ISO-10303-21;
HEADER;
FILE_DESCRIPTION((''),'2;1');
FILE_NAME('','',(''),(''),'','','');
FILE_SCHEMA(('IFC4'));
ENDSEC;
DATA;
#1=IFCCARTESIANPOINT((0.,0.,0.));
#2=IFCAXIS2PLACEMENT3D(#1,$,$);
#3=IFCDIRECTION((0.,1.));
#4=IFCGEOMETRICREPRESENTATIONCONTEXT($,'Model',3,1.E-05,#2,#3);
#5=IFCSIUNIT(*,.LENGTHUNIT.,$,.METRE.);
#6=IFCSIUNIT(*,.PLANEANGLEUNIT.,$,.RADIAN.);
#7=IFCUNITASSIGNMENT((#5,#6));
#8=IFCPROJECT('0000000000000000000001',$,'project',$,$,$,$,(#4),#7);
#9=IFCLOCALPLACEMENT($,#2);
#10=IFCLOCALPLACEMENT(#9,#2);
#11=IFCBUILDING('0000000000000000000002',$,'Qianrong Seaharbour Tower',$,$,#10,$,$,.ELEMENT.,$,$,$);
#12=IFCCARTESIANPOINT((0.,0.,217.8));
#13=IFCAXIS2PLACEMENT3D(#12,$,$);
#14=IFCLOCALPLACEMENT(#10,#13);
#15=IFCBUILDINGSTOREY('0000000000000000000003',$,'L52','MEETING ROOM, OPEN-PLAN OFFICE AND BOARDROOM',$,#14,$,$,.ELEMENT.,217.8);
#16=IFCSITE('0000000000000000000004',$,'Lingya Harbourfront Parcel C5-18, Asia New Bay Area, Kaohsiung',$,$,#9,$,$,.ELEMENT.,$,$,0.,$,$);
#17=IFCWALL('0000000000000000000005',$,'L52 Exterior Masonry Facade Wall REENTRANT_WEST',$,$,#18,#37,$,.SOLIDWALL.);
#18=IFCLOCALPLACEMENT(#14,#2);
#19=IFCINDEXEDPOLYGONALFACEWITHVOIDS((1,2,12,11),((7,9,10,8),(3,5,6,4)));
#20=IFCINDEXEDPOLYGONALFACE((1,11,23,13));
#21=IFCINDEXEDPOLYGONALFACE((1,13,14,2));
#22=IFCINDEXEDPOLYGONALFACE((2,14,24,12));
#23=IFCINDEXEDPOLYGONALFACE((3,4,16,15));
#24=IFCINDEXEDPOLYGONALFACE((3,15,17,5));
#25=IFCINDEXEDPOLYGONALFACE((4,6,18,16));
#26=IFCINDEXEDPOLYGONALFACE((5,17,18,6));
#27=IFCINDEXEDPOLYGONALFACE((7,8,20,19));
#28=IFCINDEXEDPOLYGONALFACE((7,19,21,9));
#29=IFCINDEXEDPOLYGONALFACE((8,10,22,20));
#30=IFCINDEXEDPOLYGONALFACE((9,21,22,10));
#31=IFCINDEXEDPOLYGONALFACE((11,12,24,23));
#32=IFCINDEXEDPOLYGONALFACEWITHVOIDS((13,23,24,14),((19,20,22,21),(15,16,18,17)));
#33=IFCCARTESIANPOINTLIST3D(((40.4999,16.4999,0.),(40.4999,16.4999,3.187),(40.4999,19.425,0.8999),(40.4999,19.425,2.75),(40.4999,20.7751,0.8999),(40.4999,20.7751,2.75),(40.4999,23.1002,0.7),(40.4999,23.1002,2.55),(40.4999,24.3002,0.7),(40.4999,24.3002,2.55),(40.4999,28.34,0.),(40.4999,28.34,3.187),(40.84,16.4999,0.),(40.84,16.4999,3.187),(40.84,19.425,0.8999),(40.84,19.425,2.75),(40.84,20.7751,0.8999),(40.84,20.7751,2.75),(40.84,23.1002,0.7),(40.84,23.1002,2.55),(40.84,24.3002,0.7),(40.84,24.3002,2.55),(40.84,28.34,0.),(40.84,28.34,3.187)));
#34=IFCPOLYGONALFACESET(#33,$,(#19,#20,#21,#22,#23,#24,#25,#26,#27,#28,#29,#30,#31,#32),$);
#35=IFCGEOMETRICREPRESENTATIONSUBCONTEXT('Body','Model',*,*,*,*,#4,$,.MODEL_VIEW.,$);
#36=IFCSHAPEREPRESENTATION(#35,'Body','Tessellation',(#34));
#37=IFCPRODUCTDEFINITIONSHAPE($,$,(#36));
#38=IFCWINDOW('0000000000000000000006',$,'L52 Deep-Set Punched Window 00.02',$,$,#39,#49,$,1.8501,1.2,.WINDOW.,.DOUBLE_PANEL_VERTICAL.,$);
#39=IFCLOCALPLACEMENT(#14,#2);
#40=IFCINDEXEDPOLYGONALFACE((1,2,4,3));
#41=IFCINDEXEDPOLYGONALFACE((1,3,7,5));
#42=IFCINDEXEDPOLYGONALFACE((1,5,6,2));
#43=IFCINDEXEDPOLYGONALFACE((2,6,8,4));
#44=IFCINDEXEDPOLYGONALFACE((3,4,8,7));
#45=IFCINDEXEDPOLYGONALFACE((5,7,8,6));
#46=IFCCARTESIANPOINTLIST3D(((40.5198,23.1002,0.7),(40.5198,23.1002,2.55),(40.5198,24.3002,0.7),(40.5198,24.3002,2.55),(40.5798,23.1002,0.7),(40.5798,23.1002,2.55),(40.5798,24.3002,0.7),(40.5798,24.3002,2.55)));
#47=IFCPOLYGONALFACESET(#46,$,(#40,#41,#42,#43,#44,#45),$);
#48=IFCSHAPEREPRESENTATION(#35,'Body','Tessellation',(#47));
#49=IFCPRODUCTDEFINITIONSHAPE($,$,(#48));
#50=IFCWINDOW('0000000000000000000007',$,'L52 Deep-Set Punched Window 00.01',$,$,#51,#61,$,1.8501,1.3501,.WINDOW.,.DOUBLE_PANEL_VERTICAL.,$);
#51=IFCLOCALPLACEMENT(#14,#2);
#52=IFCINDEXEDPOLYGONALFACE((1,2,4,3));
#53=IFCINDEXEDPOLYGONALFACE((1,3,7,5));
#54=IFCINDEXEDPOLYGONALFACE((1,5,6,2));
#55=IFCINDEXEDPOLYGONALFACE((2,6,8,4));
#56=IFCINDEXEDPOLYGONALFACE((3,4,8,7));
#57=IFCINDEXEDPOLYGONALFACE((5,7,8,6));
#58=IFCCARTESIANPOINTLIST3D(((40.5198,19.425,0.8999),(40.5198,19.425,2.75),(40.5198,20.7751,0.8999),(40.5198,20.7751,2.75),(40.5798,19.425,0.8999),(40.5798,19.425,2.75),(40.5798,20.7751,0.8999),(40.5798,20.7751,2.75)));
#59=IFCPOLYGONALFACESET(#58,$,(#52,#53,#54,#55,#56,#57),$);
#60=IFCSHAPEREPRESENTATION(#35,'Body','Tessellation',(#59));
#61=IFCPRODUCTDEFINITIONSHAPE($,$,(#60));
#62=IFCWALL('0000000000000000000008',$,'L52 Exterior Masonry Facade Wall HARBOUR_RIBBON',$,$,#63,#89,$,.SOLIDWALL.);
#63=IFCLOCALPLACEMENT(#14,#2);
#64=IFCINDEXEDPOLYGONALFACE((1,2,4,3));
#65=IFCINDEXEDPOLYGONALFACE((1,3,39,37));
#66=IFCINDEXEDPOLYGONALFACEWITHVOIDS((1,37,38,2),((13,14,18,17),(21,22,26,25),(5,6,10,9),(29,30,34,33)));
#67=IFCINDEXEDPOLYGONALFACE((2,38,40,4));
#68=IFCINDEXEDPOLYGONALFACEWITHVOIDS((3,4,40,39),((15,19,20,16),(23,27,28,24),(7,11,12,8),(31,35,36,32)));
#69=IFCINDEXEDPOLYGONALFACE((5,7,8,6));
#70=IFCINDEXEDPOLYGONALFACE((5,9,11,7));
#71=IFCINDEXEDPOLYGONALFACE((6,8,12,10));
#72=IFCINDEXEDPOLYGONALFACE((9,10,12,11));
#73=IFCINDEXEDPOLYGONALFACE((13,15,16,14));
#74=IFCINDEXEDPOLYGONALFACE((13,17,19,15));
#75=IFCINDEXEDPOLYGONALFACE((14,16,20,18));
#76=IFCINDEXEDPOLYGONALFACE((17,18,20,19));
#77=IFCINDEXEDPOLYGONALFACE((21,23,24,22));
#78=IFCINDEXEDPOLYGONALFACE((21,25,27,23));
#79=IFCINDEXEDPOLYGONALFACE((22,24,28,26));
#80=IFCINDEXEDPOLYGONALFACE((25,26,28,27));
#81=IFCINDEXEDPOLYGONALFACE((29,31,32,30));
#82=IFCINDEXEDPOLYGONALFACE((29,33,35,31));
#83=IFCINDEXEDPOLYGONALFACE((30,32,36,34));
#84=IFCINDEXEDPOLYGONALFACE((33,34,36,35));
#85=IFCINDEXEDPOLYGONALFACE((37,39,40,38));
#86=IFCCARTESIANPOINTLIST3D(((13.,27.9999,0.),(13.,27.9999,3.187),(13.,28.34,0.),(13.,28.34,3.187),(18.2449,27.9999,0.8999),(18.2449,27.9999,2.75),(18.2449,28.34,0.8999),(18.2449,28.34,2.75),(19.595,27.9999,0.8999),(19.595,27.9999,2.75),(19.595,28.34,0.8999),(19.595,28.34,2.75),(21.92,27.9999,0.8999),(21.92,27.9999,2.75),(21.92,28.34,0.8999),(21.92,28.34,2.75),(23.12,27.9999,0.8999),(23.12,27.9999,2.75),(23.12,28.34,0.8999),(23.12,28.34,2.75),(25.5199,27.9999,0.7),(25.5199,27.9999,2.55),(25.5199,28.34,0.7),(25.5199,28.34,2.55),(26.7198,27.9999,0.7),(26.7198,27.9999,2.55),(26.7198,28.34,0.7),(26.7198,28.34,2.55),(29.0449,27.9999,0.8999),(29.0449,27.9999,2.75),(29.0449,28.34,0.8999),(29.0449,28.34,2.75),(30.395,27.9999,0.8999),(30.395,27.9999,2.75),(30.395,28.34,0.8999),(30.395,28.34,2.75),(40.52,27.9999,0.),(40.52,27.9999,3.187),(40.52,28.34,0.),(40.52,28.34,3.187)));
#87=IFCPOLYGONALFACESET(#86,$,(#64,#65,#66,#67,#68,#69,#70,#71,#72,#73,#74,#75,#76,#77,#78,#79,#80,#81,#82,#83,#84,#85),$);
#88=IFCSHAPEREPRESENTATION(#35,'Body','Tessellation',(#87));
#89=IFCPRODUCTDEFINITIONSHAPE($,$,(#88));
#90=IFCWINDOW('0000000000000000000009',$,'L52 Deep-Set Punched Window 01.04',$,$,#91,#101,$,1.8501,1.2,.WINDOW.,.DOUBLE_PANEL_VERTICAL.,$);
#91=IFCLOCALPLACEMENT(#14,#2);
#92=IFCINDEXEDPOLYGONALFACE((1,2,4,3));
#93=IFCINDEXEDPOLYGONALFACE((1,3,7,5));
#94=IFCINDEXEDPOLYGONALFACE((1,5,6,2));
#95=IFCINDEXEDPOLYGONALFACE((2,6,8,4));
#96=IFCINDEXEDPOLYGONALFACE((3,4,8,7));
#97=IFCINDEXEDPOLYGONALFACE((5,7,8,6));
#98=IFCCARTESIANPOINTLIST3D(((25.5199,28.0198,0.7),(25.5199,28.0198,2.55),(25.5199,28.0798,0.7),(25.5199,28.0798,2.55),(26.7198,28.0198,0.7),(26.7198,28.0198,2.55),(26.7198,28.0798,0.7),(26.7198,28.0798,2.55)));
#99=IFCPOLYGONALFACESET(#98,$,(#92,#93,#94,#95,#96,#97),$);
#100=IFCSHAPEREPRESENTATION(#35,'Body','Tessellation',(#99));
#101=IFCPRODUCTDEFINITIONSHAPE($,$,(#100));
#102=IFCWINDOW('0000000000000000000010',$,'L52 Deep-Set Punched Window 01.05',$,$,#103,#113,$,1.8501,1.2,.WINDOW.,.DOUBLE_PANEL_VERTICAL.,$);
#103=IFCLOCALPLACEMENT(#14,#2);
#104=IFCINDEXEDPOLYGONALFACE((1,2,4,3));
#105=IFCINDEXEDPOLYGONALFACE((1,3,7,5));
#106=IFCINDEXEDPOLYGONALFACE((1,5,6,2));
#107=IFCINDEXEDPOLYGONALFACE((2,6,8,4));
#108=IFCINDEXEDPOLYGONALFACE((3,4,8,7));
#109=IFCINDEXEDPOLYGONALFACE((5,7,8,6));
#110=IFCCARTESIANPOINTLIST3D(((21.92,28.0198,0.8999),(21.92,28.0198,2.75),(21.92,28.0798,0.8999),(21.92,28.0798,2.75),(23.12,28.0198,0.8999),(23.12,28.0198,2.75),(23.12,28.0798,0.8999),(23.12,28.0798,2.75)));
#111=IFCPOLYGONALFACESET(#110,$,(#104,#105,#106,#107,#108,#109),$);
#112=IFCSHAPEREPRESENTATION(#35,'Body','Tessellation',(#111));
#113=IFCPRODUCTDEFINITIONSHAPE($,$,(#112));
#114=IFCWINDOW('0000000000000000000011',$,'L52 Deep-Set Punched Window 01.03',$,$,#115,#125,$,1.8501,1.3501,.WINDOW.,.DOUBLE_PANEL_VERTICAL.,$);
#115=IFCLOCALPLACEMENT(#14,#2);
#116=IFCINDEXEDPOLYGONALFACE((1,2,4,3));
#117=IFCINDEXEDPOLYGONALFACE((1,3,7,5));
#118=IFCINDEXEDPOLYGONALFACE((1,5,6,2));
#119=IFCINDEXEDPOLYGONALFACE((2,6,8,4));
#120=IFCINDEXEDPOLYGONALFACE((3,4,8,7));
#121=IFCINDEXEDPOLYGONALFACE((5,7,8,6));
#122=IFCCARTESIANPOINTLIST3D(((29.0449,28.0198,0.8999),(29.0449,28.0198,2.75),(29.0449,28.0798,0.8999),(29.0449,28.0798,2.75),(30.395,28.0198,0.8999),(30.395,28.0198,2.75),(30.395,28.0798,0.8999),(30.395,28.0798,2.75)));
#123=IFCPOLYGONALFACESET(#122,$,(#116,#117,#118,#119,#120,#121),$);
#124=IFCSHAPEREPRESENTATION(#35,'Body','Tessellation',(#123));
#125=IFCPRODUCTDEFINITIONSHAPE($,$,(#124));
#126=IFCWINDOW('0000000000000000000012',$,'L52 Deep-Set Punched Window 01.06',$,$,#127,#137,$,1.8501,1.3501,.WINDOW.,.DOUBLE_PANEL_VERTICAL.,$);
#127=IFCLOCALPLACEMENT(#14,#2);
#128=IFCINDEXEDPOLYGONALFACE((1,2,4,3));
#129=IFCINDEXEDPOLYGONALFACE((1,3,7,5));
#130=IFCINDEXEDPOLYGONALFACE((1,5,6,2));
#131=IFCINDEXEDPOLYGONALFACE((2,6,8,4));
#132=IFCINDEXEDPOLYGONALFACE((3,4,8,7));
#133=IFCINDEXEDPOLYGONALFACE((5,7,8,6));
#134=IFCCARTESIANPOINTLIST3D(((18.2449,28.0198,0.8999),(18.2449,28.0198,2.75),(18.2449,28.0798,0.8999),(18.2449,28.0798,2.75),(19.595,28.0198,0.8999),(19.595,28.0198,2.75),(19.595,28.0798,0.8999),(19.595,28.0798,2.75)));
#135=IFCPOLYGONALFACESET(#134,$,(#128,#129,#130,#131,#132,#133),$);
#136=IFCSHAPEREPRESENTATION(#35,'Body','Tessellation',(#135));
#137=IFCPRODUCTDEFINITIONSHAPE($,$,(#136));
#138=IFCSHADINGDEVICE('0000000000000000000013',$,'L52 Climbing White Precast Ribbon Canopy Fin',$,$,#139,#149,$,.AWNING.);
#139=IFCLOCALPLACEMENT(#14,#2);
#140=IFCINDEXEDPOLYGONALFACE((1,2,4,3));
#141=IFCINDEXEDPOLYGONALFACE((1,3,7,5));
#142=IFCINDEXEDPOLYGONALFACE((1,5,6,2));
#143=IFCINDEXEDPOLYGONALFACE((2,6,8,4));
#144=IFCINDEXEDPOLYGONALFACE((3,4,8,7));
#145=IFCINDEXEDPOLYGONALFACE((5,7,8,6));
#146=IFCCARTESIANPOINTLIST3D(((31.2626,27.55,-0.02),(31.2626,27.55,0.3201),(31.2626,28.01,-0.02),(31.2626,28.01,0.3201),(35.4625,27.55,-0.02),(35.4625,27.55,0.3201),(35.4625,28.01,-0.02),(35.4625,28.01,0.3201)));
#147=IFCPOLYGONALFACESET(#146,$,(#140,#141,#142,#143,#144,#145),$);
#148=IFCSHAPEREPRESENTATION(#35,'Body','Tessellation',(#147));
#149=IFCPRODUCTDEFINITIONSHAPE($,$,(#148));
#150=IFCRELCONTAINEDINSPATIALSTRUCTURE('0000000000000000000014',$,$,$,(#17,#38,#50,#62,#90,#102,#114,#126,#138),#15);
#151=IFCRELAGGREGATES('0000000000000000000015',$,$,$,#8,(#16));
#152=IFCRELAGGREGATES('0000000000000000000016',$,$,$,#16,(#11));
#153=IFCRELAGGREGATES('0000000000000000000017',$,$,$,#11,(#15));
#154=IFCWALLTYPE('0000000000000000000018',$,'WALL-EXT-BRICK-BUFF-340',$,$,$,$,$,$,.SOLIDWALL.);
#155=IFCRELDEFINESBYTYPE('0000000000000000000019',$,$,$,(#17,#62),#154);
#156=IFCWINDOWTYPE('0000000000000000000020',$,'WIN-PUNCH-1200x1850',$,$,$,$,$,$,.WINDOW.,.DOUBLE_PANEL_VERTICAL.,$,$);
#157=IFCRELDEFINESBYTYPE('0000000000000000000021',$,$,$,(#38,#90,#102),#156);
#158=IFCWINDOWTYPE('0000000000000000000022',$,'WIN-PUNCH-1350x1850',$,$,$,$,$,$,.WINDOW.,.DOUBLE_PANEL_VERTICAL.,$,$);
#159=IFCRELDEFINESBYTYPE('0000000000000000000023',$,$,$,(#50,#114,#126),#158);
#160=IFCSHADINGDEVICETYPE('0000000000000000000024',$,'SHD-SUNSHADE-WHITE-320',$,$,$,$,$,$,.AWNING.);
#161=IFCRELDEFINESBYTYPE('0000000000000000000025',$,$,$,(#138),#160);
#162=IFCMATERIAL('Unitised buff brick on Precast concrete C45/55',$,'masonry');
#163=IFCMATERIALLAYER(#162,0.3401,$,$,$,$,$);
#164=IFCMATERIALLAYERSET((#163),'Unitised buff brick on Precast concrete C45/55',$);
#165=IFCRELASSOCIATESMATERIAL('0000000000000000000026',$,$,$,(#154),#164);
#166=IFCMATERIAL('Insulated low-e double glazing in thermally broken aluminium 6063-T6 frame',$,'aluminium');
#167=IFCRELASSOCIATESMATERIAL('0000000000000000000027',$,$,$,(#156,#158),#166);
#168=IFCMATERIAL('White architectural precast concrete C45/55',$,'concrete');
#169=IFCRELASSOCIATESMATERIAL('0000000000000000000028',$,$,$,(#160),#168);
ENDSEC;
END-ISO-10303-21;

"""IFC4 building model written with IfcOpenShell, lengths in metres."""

from ifc_helpers import new_model, si_unit, direction, frame, frame_2d, origin, origin_2d, place, context, subcontext, project, spatial, rectangle, extrude, material, layer, layer_set, type_object, element, fill, save


model = new_model("IFC4")

# Units and contexts
model_context = context("Model", 3, precision=1e-05, world=origin(), true_north=direction((0.0, 1.0)))
body_context = subcontext(model_context, "Body", "Model", "MODEL_VIEW")
ifc_project = project(units=[si_unit("LENGTHUNIT", "METRE"), si_unit("PLANEANGLEUNIT", "RADIAN")], contexts=[model_context])

# Site, building, storey
site_placement = place(None, origin())
site = spatial("IfcSite", under=ifc_project, at=site_placement, Name="Lingya Harbourfront Parcel C5-18, Asia New Bay Area, Kaohsiung", CompositionType="ELEMENT", RefElevation=0.0)
building_placement = place(site_placement, origin())
building = spatial("IfcBuilding", under=site, at=building_placement, Name="Qianrong Seaharbour Tower", CompositionType="ELEMENT")
storey_placement = place(building_placement, frame((0.0, 0.0, 217.8)))
storey = spatial("IfcBuildingStorey", under=building, at=storey_placement, Name="L52", Description="MEETING ROOM, OPEN-PLAN OFFICE AND BOARDROOM", CompositionType="ELEMENT", Elevation=217.8)

# Walls, openings, windows
ifc_material_1 = material(Name="Unitised buff brick on Precast concrete C45/55", Category="masonry")
ifc_layer_1 = layer(ifc_material_1, 0.3401)
ifc_layer_set_1 = layer_set([ifc_layer_1], Name="Unitised buff brick on Precast concrete C45/55")
wall_type_1 = type_object("IfcWallType", Name="WALL-EXT-BRICK-BUFF-340", PredefinedType="SOLIDWALL", material=ifc_layer_set_1)
wall_1_placement = place(storey_placement, frame((40.6699, 16.5, 0.0), z_axis=(0.0, 0.0, 1.0), x_axis=(0.0, 1.0, 0.0)))
wall_1 = element("IfcWall", 1, at=wall_1_placement, inside=storey, type_object=wall_type_1, Name="L52 Exterior Masonry Facade Wall REENTRANT_WEST", PredefinedType="SOLIDWALL", context=body_context, shape_type="SweptSolid", body=[
    extrude(rectangle(XDim=11.8401, YDim=0.3401, at=frame_2d((5.9199, 0.0))), origin(), (0.0, 0.0, 1.0), 3.187),
])
opening_1_placement = place(wall_1_placement, frame((2.925, 0.0, 0.8999)))
opening_1 = element("IfcOpeningElement", 2, at=opening_1_placement, cuts=wall_1, PredefinedType="OPENING", context=body_context, shape_type="SweptSolid", body=[
    extrude(rectangle(XDim=1.3501, YDim=1.8501, at=frame_2d((0.675, 0.925))), frame((0.0, 0.1802, 0.0), z_axis=(0.0, -1.0, 0.0), x_axis=(1.0, 0.0, 0.0)), (0.0, 0.0, 1.0), 0.3601),
])
opening_2_placement = place(wall_1_placement, frame((6.6001, 0.0, 0.7)))
opening_2 = element("IfcOpeningElement", 3, at=opening_2_placement, cuts=wall_1, PredefinedType="OPENING", context=body_context, shape_type="SweptSolid", body=[
    extrude(rectangle(XDim=1.2, YDim=1.8501, at=frame_2d((0.6001, 0.925))), frame((0.0, 0.1802, 0.0), z_axis=(0.0, -1.0, 0.0), x_axis=(1.0, 0.0, 0.0)), (0.0, 0.0, 1.0), 0.3601),
])
ifc_material_2 = material(Name="Insulated low-e double glazing in thermally broken aluminium 6063-T6 frame", Category="aluminium")
window_type_1 = type_object("IfcWindowType", Name="WIN-PUNCH-1200x1850", PartitioningType="DOUBLE_PANEL_VERTICAL", PredefinedType="WINDOW", material=ifc_material_2)
window_1_placement = place(opening_2_placement, origin())
window_1 = element("IfcWindow", 4, at=window_1_placement, inside=storey, type_object=window_type_1, Name="L52 Deep-Set Punched Window 00.02", OverallHeight=1.8501, OverallWidth=1.2, PartitioningType="DOUBLE_PANEL_VERTICAL", PredefinedType="WINDOW", context=body_context, shape_type="SweptSolid", body=[
    extrude(rectangle(XDim=1.2, YDim=1.8501, at=frame_2d((0.6001, 0.925))), frame((0.0, 0.1501, 0.0), z_axis=(0.0, -1.0, 0.0), x_axis=(1.0, 0.0, 0.0)), (0.0, 0.0, 1.0), 0.0601),
])
fill(opening_2, window_1)
window_type_2 = type_object("IfcWindowType", Name="WIN-PUNCH-1350x1850", PartitioningType="DOUBLE_PANEL_VERTICAL", PredefinedType="WINDOW", material=ifc_material_2)
window_2_placement = place(opening_1_placement, origin())
window_2 = element("IfcWindow", 5, at=window_2_placement, inside=storey, type_object=window_type_2, Name="L52 Deep-Set Punched Window 00.01", OverallHeight=1.8501, OverallWidth=1.3501, PartitioningType="DOUBLE_PANEL_VERTICAL", PredefinedType="WINDOW", context=body_context, shape_type="SweptSolid", body=[
    extrude(rectangle(XDim=1.3501, YDim=1.8501, at=frame_2d((0.675, 0.925))), frame((0.0, 0.1501, 0.0), z_axis=(0.0, -1.0, 0.0), x_axis=(1.0, 0.0, 0.0)), (0.0, 0.0, 1.0), 0.0601),
])
fill(opening_1, window_2)
wall_2_placement = place(storey_placement, frame((40.52, 28.1699, 0.0), z_axis=(0.0, 0.0, 1.0), x_axis=(-1.0, 0.0, 0.0)))
wall_2 = element("IfcWall", 6, at=wall_2_placement, inside=storey, type_object=wall_type_1, Name="L52 Exterior Masonry Facade Wall HARBOUR_RIBBON", PredefinedType="SOLIDWALL", context=body_context, shape_type="SweptSolid", body=[
    extrude(rectangle(XDim=27.52, YDim=0.3401, at=frame_2d((13.76, 0.0))), origin(), (0.0, 0.0, 1.0), 3.187),
])
opening_3_placement = place(wall_2_placement, frame((10.125, 0.0, 0.8999)))
opening_3 = element("IfcOpeningElement", 7, at=opening_3_placement, cuts=wall_2, PredefinedType="OPENING", context=body_context, shape_type="SweptSolid", body=[
    extrude(rectangle(XDim=1.3501, YDim=1.8501, at=frame_2d((0.675, 0.925))), frame((0.0, 0.1802, 0.0), z_axis=(0.0, -1.0, 0.0), x_axis=(1.0, 0.0, 0.0)), (0.0, 0.0, 1.0), 0.3601),
])
opening_4_placement = place(wall_2_placement, frame((13.8, 0.0, 0.7)))
opening_4 = element("IfcOpeningElement", 8, at=opening_4_placement, cuts=wall_2, PredefinedType="OPENING", context=body_context, shape_type="SweptSolid", body=[
    extrude(rectangle(XDim=1.2, YDim=1.8501, at=frame_2d((0.6001, 0.925))), frame((0.0, 0.1802, 0.0), z_axis=(0.0, -1.0, 0.0), x_axis=(1.0, 0.0, 0.0)), (0.0, 0.0, 1.0), 0.3601),
])
opening_5_placement = place(wall_2_placement, frame((17.3999, 0.0, 0.8999)))
opening_5 = element("IfcOpeningElement", 9, at=opening_5_placement, cuts=wall_2, PredefinedType="OPENING", context=body_context, shape_type="SweptSolid", body=[
    extrude(rectangle(XDim=1.2, YDim=1.8501, at=frame_2d((0.6001, 0.925))), frame((0.0, 0.1802, 0.0), z_axis=(0.0, -1.0, 0.0), x_axis=(1.0, 0.0, 0.0)), (0.0, 0.0, 1.0), 0.3601),
])
opening_6_placement = place(wall_2_placement, frame((20.925, 0.0, 0.8999)))
opening_6 = element("IfcOpeningElement", 10, at=opening_6_placement, cuts=wall_2, PredefinedType="OPENING", context=body_context, shape_type="SweptSolid", body=[
    extrude(rectangle(XDim=1.3501, YDim=1.8501, at=frame_2d((0.675, 0.925))), frame((0.0, 0.1802, 0.0), z_axis=(0.0, -1.0, 0.0), x_axis=(1.0, 0.0, 0.0)), (0.0, 0.0, 1.0), 0.3601),
])
window_3_placement = place(opening_4_placement, origin())
window_3 = element("IfcWindow", 11, at=window_3_placement, inside=storey, type_object=window_type_1, Name="L52 Deep-Set Punched Window 01.04", OverallHeight=1.8501, OverallWidth=1.2, PartitioningType="DOUBLE_PANEL_VERTICAL", PredefinedType="WINDOW", context=body_context, shape_type="SweptSolid", body=[
    extrude(rectangle(XDim=1.2, YDim=1.8501, at=frame_2d((0.6001, 0.925))), frame((0.0, 0.1501, 0.0), z_axis=(0.0, -1.0, 0.0), x_axis=(1.0, 0.0, 0.0)), (0.0, 0.0, 1.0), 0.0601),
])
fill(opening_4, window_3)
window_4_placement = place(opening_5_placement, origin())
window_4 = element("IfcWindow", 12, at=window_4_placement, inside=storey, type_object=window_type_1, Name="L52 Deep-Set Punched Window 01.05", OverallHeight=1.8501, OverallWidth=1.2, PartitioningType="DOUBLE_PANEL_VERTICAL", PredefinedType="WINDOW", context=body_context, shape_type="SweptSolid", body=[
    extrude(rectangle(XDim=1.2, YDim=1.8501, at=frame_2d((0.6001, 0.925))), frame((0.0, 0.1501, 0.0), z_axis=(0.0, -1.0, 0.0), x_axis=(1.0, 0.0, 0.0)), (0.0, 0.0, 1.0), 0.0601),
])
fill(opening_5, window_4)
window_5_placement = place(opening_3_placement, origin())
window_5 = element("IfcWindow", 13, at=window_5_placement, inside=storey, type_object=window_type_2, Name="L52 Deep-Set Punched Window 01.03", OverallHeight=1.8501, OverallWidth=1.3501, PartitioningType="DOUBLE_PANEL_VERTICAL", PredefinedType="WINDOW", context=body_context, shape_type="SweptSolid", body=[
    extrude(rectangle(XDim=1.3501, YDim=1.8501, at=frame_2d((0.675, 0.925))), frame((0.0, 0.1501, 0.0), z_axis=(0.0, -1.0, 0.0), x_axis=(1.0, 0.0, 0.0)), (0.0, 0.0, 1.0), 0.0601),
])
fill(opening_3, window_5)
window_6_placement = place(opening_6_placement, origin())
window_6 = element("IfcWindow", 14, at=window_6_placement, inside=storey, type_object=window_type_2, Name="L52 Deep-Set Punched Window 01.06", OverallHeight=1.8501, OverallWidth=1.3501, PartitioningType="DOUBLE_PANEL_VERTICAL", PredefinedType="WINDOW", context=body_context, shape_type="SweptSolid", body=[
    extrude(rectangle(XDim=1.3501, YDim=1.8501, at=frame_2d((0.675, 0.925))), frame((0.0, 0.1501, 0.0), z_axis=(0.0, -1.0, 0.0), x_axis=(1.0, 0.0, 0.0)), (0.0, 0.0, 1.0), 0.0601),
])
fill(opening_6, window_6)

# Shading device
ifc_material_3 = material(Name="White architectural precast concrete C45/55", Category="concrete")
shading_device_type = type_object("IfcShadingDeviceType", Name="SHD-SUNSHADE-WHITE-320", PredefinedType="AWNING", material=ifc_material_3)
shading_device_placement = place(storey_placement, frame((33.3625, 27.78, -0.02), z_axis=(0.0, 0.0, 1.0), x_axis=(1.0, 0.0, 0.0)))
element("IfcShadingDevice", 15, at=shading_device_placement, inside=storey, type_object=shading_device_type, Name="L52 Climbing White Precast Ribbon Canopy Fin", PredefinedType="AWNING", context=body_context, shape_type="SweptSolid", body=[
    extrude(rectangle(XDim=4.2, YDim=0.46, at=origin_2d()), origin(), (0.0, 0.0, 1.0), 0.3401),
])

save(model, "model.ifc")
